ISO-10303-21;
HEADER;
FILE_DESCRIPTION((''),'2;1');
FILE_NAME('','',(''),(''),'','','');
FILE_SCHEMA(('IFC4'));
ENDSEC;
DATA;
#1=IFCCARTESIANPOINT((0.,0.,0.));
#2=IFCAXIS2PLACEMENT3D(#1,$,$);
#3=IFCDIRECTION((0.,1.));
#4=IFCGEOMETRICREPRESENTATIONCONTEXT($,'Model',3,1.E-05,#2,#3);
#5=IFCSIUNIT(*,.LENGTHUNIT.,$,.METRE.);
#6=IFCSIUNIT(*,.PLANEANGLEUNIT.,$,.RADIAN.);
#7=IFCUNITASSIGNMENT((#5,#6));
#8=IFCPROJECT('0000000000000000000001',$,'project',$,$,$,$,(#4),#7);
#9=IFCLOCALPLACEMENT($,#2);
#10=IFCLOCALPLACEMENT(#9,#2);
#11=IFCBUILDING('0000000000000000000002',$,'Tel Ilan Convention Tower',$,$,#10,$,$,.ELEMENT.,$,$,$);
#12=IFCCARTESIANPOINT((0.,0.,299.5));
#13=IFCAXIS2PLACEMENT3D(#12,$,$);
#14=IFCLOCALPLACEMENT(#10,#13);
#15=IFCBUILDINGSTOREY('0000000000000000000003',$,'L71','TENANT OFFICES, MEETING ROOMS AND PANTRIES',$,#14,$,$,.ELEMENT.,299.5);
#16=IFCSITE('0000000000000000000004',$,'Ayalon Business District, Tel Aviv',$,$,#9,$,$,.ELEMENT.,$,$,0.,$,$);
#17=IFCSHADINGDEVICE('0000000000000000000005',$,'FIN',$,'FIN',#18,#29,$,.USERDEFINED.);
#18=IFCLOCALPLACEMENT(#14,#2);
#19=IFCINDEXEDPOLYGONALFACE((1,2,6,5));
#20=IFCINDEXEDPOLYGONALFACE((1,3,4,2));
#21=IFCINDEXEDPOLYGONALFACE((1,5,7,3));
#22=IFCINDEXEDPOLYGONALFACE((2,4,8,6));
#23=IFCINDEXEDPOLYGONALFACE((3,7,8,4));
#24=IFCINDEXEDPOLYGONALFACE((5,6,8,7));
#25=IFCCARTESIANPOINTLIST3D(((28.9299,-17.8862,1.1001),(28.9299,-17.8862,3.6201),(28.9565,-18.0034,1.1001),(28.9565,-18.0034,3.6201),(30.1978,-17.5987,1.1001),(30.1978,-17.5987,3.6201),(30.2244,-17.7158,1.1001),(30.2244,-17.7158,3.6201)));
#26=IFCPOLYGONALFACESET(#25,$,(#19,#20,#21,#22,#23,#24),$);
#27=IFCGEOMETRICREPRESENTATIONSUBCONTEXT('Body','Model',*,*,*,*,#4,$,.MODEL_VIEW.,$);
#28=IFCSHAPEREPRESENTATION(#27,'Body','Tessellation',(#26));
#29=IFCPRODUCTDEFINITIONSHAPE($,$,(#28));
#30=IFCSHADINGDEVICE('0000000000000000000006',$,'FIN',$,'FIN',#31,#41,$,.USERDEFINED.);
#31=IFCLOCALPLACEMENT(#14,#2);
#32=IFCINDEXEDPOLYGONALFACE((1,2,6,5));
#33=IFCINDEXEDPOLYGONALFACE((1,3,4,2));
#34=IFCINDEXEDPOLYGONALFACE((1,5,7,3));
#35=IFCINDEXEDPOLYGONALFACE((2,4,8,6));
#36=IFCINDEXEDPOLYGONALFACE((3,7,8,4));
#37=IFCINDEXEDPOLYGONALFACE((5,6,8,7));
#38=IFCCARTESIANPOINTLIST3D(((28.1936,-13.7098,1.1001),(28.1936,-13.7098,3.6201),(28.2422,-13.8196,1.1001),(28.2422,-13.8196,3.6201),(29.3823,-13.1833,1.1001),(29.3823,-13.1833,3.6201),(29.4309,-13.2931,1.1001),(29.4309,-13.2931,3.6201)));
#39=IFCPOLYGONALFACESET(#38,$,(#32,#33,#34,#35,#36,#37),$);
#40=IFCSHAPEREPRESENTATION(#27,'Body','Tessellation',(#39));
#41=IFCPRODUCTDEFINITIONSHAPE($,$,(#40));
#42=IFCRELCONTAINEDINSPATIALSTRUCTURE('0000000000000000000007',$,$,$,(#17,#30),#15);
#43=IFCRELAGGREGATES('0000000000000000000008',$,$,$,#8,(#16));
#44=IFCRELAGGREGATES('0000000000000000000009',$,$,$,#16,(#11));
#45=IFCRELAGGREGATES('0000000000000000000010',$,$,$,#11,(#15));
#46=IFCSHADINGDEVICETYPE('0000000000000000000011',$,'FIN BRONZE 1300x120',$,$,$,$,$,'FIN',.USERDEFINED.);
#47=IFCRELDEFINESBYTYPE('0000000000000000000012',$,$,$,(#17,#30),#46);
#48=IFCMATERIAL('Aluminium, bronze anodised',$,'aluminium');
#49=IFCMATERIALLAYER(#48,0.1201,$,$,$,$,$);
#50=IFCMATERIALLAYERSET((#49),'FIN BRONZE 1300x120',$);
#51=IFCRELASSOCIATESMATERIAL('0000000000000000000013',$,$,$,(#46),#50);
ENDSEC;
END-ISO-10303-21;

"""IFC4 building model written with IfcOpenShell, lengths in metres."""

from ifc_helpers import new_model, si_unit, direction, frame, origin, origin_2d, place, context, subcontext, project, spatial, rectangle, extrude, material, layer, layer_set, type_object, element, save


model = new_model("IFC4")

# Units and contexts
model_context = context("Model", 3, precision=1e-05, world=origin(), true_north=direction((0.0, 1.0)))
body_context = subcontext(model_context, "Body", "Model", "MODEL_VIEW")
ifc_project = project(units=[si_unit("LENGTHUNIT", "METRE"), si_unit("PLANEANGLEUNIT", "RADIAN")], contexts=[model_context])

# Site, building, storey
site_placement = place(None, origin())
site = spatial("IfcSite", under=ifc_project, at=site_placement, Name="Ayalon Business District, Tel Aviv", CompositionType="ELEMENT", RefElevation=0.0)
building_placement = place(site_placement, origin())
building = spatial("IfcBuilding", under=site, at=building_placement, Name="Tel Ilan Convention Tower", CompositionType="ELEMENT")
storey_placement = place(building_placement, frame((0.0, 0.0, 299.5)))
storey = spatial("IfcBuildingStorey", under=building, at=storey_placement, Name="L71", Description="TENANT OFFICES, MEETING ROOMS AND PANTRIES", CompositionType="ELEMENT", Elevation=299.5)

# Shading devices
ifc_material_1 = material(Name="Aluminium, bronze anodised", Category="aluminium")
ifc_layer_1 = layer(ifc_material_1, 0.1201)
ifc_layer_set_1 = layer_set([ifc_layer_1], Name="FIN BRONZE 1300x120")
shading_device_type = type_object("IfcShadingDeviceType", Name="FIN BRONZE 1300x120", ElementType="FIN", PredefinedType="USERDEFINED", material=ifc_layer_set_1)
for number, where, z_axis, x_axis, name in (
    (1, (29.5771, -17.801, 1.1001), (0.0, 0.0, 1.0), (0.975235, 0.22117, 0.0), "FIN"),
    (2, (28.8123, -13.5015, 1.1001), (0.0, 0.0, 1.0), (0.914333, 0.404964, 0.0), "FIN"),
):
    element("IfcShadingDevice", number, at=place(storey_placement, frame(where, z_axis=z_axis, x_axis=x_axis)), inside=storey, type_object=shading_device_type, Name=name, ObjectType="FIN", PredefinedType="USERDEFINED", context=body_context, shape_type="SweptSolid", body=[
        extrude(rectangle(XDim=1.3, YDim=0.1201, at=origin_2d()), origin(), (0.0, 0.0, 1.0), 2.52),
    ])

save(model, "model.ifc")
